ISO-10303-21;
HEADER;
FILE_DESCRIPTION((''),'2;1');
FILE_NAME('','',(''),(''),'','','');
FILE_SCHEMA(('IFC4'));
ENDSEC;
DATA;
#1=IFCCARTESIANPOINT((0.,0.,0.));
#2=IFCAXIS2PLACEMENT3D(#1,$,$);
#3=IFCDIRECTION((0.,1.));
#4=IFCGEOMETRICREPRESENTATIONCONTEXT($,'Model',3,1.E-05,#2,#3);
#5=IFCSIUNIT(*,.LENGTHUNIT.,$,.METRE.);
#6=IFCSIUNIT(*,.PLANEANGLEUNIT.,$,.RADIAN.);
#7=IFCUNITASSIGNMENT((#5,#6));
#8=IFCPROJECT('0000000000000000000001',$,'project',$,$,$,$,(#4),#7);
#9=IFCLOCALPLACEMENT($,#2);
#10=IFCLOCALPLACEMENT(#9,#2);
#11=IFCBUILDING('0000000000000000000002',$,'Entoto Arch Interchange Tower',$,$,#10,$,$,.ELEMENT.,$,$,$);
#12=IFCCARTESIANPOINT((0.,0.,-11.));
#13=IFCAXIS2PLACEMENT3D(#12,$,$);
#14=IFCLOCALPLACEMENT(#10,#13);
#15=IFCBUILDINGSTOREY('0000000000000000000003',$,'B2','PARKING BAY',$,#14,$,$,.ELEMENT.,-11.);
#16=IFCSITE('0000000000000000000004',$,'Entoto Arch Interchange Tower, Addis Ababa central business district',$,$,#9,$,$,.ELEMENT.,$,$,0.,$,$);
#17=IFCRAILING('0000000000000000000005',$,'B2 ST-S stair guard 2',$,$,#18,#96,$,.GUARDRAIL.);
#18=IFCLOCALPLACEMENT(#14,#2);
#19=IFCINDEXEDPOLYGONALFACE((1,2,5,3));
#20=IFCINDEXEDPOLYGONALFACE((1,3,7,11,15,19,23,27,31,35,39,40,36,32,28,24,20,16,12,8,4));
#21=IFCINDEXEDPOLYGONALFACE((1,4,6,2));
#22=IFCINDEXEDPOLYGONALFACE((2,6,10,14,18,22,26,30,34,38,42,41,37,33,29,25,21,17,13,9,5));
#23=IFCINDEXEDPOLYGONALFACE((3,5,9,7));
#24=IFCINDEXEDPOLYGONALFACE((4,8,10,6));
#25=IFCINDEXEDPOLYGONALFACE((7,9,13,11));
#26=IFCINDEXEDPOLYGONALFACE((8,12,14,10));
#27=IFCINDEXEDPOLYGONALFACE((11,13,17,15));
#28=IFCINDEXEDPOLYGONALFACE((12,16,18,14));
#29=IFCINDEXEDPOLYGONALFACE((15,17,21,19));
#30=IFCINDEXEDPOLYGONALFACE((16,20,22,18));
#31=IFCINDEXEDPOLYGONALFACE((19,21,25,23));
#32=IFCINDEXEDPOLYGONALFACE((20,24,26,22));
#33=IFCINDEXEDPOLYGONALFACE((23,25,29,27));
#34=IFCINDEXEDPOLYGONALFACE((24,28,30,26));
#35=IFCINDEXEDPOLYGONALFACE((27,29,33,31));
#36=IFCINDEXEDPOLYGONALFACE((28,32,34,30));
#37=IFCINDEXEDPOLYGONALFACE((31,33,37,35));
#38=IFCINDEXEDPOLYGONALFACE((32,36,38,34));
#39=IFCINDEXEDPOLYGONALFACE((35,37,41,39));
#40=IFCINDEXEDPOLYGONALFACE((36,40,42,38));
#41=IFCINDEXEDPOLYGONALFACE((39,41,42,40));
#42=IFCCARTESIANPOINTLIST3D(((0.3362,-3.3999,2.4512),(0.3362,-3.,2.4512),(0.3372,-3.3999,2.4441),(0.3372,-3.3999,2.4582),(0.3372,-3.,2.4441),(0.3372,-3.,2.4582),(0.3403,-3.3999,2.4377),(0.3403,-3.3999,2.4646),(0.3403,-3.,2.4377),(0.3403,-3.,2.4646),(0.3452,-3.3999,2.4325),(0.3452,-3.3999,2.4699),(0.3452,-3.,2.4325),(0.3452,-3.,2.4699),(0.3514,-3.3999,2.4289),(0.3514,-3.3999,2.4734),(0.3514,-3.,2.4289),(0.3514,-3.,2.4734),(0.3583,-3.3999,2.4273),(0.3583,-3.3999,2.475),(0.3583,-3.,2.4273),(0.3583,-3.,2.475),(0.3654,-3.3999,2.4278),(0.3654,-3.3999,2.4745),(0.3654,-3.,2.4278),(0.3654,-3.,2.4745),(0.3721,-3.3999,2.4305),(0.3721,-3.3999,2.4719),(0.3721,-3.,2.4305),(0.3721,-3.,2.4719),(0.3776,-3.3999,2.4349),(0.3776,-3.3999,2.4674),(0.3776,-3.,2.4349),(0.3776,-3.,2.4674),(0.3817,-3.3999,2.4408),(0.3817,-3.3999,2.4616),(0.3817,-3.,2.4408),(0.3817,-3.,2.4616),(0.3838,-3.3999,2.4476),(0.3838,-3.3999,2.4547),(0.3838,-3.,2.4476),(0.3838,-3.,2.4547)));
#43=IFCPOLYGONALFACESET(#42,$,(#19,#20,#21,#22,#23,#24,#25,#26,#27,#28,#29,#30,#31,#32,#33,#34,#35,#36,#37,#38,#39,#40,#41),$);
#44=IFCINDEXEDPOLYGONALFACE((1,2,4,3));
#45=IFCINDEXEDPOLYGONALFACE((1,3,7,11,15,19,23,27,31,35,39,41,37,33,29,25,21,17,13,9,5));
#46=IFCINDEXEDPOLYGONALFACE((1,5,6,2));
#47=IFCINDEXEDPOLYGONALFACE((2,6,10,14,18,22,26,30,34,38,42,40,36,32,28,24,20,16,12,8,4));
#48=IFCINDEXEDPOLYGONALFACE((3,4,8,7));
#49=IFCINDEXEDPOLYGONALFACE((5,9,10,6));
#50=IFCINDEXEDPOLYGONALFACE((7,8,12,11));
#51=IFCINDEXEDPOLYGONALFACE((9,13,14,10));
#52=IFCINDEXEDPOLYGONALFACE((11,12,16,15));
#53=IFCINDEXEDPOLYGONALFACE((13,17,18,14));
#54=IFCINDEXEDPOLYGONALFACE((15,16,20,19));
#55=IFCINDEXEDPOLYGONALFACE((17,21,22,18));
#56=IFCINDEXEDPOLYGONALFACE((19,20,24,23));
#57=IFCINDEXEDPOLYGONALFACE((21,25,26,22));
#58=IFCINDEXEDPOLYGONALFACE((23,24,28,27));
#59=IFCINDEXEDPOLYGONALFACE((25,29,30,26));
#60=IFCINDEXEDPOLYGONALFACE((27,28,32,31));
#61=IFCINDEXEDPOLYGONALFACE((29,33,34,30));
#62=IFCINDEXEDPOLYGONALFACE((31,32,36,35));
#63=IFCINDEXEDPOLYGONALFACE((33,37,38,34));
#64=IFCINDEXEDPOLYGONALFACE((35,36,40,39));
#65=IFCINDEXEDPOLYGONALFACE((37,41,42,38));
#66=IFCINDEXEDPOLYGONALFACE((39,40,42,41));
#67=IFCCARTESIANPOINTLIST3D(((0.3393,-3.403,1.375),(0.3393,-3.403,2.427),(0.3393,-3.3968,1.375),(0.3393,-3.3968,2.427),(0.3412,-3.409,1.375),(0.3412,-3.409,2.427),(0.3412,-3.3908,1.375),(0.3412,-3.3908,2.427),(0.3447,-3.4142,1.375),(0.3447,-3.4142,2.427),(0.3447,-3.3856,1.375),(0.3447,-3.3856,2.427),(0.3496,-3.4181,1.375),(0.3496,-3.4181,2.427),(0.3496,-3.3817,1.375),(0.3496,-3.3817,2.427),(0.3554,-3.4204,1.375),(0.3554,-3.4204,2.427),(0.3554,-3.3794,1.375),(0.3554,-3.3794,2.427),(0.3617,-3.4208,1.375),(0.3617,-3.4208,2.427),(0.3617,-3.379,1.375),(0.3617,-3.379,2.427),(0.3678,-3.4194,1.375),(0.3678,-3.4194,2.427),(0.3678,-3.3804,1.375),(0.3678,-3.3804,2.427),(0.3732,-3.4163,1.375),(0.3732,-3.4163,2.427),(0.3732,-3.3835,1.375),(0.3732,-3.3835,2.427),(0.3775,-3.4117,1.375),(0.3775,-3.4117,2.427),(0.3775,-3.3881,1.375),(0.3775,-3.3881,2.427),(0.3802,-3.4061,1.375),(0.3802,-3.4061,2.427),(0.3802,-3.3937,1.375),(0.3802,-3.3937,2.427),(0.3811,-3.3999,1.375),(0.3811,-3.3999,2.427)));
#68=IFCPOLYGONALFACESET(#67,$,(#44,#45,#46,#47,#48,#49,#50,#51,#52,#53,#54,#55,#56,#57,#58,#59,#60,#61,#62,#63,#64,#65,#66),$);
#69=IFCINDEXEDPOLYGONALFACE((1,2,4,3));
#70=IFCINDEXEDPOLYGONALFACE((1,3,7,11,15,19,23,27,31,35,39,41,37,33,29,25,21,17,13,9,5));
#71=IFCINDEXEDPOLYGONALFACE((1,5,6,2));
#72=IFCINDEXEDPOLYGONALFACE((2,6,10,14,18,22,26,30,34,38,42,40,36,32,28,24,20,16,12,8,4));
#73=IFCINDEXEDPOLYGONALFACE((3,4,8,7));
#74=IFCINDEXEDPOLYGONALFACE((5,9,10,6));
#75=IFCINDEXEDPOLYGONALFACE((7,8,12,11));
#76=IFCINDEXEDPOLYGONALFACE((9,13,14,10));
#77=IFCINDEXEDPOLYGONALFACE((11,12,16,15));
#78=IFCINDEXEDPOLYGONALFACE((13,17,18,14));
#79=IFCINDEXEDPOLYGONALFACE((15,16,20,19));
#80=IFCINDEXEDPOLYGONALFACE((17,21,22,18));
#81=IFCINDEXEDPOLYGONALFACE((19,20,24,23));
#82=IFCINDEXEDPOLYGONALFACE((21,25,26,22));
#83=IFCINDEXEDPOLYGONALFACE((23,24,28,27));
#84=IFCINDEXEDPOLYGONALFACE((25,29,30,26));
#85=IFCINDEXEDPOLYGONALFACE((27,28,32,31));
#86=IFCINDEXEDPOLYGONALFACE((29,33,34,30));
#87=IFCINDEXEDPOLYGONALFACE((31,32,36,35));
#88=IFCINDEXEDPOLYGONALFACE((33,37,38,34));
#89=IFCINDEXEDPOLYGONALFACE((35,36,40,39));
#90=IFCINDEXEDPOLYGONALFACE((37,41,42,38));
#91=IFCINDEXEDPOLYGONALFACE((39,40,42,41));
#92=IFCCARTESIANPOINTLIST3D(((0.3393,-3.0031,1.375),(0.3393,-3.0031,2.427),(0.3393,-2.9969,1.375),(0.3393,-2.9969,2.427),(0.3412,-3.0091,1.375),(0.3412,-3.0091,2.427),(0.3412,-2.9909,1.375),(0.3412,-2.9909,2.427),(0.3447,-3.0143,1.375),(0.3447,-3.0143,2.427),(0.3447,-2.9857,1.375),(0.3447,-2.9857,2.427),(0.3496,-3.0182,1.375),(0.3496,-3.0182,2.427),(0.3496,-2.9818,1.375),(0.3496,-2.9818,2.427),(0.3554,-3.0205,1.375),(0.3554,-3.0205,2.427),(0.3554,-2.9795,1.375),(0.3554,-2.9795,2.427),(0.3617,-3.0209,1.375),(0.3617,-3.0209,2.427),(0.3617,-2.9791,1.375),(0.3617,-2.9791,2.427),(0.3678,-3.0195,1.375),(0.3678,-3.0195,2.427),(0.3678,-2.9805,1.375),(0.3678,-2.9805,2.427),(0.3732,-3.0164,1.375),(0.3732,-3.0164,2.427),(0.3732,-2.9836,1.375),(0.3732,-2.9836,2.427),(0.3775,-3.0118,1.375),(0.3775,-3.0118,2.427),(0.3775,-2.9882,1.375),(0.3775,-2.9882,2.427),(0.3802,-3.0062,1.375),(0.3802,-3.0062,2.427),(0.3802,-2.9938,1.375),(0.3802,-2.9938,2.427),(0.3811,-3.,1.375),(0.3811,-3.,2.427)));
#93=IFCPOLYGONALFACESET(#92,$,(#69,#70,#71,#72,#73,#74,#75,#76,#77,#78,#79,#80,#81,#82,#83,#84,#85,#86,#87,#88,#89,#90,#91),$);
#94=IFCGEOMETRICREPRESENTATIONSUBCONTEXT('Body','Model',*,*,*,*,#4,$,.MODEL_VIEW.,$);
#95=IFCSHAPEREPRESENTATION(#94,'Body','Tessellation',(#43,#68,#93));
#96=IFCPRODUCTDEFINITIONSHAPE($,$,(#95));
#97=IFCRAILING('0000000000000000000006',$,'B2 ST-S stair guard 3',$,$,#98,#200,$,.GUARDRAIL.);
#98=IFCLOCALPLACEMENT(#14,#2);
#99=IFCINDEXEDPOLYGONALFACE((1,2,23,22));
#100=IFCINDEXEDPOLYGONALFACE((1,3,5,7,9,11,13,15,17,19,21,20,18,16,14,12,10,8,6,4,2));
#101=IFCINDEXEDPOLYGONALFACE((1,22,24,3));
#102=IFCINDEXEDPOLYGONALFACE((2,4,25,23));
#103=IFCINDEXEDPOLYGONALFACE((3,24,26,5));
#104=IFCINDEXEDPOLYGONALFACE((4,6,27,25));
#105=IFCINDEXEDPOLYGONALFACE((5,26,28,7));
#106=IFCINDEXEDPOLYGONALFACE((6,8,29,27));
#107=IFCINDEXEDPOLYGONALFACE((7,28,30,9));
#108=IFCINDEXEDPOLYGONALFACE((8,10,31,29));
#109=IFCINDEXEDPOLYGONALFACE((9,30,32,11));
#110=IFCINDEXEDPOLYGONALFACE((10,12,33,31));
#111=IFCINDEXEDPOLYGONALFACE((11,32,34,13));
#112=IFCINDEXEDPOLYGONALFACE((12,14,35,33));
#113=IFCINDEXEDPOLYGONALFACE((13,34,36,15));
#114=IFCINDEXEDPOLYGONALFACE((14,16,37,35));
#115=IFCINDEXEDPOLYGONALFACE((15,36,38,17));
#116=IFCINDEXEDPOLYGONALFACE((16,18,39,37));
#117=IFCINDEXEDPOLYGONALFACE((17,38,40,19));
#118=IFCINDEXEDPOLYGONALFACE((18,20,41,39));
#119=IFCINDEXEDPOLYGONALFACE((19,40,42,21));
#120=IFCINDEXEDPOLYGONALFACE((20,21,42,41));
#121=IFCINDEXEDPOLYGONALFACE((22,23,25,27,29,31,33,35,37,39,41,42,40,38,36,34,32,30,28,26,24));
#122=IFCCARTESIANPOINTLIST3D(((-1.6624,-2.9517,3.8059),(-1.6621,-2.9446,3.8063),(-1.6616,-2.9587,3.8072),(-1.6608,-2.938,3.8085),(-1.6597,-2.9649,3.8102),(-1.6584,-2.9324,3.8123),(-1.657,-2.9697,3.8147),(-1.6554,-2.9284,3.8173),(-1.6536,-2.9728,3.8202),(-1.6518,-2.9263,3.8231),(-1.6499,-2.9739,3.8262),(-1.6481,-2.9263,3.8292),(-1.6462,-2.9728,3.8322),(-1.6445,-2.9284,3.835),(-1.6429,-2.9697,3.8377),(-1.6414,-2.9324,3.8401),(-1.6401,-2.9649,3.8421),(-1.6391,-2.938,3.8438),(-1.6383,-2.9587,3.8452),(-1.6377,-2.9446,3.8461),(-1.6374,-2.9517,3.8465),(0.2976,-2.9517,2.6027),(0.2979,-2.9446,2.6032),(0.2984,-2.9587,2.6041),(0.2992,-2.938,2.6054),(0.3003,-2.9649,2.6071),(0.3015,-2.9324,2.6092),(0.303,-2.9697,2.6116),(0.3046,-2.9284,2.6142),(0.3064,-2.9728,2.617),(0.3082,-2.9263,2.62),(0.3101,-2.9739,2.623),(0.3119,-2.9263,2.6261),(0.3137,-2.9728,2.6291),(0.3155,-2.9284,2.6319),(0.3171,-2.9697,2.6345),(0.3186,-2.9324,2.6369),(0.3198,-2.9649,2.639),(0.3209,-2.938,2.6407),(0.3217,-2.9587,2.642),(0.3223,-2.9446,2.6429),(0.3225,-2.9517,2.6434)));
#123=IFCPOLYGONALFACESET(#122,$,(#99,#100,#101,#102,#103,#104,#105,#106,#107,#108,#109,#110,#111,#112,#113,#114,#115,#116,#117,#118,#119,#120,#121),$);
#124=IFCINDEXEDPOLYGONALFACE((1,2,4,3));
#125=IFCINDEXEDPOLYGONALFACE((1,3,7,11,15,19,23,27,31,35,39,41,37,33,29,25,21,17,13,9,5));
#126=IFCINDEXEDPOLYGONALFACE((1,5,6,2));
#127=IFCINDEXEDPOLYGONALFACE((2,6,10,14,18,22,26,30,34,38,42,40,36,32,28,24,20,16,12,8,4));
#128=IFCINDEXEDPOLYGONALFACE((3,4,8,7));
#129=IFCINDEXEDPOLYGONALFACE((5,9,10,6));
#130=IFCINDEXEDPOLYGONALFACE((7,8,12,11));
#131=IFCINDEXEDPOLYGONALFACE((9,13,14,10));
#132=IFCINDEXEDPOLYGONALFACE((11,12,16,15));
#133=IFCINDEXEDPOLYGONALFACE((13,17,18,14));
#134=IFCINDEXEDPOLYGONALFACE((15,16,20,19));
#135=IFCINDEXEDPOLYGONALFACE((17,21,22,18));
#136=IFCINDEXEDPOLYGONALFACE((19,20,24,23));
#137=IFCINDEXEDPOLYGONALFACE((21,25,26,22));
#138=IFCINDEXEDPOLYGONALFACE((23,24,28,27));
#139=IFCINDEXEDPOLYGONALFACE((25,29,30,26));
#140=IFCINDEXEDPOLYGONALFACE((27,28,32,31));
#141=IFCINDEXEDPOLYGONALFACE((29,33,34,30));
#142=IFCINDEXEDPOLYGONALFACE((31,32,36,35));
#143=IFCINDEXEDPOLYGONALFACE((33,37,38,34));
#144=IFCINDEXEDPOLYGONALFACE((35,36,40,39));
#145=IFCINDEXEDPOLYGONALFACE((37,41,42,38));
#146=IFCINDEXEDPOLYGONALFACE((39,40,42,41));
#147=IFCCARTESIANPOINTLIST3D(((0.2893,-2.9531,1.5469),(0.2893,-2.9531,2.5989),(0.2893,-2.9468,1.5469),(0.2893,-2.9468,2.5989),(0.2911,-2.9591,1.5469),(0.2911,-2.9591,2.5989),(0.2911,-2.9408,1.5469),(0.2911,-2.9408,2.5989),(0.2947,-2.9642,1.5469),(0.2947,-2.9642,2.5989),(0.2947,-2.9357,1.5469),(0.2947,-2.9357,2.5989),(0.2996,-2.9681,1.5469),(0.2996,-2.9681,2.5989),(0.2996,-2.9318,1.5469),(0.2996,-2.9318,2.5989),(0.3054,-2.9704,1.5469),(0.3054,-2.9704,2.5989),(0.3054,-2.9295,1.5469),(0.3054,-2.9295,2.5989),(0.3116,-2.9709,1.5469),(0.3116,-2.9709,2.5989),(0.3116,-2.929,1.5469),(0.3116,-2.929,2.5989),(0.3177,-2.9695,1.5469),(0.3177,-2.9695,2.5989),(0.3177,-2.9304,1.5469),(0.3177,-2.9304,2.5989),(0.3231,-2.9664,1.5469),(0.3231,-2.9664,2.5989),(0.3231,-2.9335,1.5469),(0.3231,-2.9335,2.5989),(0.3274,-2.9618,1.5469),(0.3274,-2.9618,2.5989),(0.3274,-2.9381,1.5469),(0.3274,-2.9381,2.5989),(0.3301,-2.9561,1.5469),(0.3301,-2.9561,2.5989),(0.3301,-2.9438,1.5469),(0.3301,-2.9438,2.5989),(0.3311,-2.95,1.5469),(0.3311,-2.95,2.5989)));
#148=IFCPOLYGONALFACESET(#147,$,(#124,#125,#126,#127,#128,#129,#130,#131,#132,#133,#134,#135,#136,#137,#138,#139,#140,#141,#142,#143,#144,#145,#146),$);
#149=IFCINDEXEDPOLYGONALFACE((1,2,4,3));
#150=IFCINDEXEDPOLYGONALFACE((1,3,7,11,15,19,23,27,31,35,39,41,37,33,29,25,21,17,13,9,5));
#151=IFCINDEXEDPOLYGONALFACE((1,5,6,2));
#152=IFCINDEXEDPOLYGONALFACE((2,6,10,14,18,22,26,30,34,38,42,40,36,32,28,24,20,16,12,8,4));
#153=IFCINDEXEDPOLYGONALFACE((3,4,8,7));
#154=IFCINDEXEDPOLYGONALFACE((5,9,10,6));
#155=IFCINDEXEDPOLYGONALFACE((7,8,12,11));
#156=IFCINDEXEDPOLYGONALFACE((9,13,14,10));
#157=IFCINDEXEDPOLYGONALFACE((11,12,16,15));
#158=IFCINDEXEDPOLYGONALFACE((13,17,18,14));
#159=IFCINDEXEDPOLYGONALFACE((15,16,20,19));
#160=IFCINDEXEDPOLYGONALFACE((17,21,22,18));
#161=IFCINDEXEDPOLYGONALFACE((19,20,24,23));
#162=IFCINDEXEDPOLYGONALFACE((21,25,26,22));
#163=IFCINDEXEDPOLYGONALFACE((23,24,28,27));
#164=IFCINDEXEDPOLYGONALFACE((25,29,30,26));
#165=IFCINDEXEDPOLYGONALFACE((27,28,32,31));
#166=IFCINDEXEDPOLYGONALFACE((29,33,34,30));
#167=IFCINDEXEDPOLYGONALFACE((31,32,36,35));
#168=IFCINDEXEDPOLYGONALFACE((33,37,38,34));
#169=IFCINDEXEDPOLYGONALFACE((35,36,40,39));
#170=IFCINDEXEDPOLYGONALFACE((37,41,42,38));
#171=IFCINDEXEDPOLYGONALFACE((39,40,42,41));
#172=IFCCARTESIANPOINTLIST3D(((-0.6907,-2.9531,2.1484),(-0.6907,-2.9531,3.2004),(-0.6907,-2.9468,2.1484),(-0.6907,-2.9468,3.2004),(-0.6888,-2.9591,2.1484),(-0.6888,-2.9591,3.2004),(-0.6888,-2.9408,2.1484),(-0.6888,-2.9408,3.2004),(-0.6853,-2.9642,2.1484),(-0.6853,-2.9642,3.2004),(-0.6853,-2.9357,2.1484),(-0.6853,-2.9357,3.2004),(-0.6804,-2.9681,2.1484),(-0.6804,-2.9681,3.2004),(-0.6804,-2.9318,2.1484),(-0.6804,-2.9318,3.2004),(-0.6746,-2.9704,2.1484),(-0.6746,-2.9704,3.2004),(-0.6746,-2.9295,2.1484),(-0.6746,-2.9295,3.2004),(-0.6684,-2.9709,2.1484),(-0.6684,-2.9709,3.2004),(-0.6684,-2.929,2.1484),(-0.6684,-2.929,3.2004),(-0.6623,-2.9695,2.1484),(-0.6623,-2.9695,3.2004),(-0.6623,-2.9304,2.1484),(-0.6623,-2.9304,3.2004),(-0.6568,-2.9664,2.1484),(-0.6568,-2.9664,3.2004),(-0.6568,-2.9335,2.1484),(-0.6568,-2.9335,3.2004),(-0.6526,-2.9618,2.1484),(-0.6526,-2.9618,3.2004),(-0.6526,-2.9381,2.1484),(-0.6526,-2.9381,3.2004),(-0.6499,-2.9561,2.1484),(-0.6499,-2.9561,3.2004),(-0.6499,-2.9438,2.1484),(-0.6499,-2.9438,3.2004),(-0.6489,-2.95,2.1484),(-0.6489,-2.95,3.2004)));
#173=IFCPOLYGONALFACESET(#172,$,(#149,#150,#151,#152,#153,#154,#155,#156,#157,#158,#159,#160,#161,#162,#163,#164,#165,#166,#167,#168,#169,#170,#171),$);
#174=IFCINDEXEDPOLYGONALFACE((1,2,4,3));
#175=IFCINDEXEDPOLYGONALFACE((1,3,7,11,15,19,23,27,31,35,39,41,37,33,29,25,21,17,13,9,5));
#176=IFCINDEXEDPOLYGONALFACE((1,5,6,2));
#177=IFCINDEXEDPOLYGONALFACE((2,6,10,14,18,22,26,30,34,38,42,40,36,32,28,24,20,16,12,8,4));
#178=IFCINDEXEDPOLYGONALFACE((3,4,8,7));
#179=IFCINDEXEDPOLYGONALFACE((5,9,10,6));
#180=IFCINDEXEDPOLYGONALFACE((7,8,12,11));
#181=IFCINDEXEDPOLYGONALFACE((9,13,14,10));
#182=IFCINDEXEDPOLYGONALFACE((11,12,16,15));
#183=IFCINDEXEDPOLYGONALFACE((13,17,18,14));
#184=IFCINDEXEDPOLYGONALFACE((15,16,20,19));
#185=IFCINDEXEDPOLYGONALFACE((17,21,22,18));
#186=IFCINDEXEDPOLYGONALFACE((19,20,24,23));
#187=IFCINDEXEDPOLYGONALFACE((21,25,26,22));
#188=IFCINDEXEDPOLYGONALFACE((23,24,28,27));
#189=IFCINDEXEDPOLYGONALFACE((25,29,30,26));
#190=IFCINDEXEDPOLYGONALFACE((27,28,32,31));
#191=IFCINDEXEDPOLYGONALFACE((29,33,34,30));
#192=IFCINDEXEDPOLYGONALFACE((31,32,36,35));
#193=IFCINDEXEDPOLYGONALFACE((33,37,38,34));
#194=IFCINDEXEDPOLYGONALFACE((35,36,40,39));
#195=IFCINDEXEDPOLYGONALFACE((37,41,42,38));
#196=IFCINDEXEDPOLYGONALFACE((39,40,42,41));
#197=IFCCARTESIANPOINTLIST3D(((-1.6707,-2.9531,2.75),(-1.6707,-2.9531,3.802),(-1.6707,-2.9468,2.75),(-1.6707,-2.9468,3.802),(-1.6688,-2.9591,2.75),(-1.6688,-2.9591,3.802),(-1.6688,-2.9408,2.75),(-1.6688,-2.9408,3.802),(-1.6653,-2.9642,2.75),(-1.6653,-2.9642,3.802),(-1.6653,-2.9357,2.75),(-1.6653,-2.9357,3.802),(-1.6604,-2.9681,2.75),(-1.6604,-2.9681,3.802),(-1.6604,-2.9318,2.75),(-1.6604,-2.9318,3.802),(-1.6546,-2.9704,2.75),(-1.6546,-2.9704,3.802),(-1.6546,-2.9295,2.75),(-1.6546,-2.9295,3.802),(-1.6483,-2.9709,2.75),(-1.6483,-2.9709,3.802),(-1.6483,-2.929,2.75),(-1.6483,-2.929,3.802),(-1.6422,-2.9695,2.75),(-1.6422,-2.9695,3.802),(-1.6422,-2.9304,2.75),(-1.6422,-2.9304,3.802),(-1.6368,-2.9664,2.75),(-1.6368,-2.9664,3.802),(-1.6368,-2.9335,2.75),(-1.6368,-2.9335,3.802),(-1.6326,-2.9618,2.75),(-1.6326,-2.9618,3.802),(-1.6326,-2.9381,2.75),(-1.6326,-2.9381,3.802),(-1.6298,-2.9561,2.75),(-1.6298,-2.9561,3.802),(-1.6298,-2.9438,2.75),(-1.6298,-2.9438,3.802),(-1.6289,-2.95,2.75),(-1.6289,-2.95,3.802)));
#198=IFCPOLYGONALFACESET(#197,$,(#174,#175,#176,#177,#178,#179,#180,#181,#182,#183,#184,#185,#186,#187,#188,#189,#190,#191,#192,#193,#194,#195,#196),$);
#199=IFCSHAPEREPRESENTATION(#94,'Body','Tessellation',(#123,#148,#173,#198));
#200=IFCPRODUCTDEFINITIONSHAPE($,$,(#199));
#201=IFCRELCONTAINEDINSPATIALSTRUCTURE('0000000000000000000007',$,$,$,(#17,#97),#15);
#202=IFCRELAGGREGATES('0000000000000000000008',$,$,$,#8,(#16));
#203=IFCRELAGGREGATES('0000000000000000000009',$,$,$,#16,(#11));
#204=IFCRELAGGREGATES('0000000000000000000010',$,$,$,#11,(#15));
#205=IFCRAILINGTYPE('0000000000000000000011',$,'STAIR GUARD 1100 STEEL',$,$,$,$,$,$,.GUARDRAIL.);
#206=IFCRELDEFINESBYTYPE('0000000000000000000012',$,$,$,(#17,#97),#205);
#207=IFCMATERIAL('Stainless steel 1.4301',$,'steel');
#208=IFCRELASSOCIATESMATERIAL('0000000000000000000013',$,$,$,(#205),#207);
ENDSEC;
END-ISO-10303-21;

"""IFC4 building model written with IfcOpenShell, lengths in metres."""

from ifc_helpers import new_model, si_unit, direction, frame, origin, origin_2d, place, context, subcontext, project, spatial, circle, extrude, material, type_object, element, save


model = new_model("IFC4")

# Units and contexts
model_context = context("Model", 3, precision=1e-05, world=origin(), true_north=direction((0.0, 1.0)))
body_context = subcontext(model_context, "Body", "Model", "MODEL_VIEW")
ifc_project = project(units=[si_unit("LENGTHUNIT", "METRE"), si_unit("PLANEANGLEUNIT", "RADIAN")], contexts=[model_context])

# Site, building, storey
site_placement = place(None, origin())
site = spatial("IfcSite", under=ifc_project, at=site_placement, Name="Entoto Arch Interchange Tower, Addis Ababa central business district", CompositionType="ELEMENT", RefElevation=0.0)
building_placement = place(site_placement, origin())
building = spatial("IfcBuilding", under=site, at=building_placement, Name="Entoto Arch Interchange Tower", CompositionType="ELEMENT")
storey_placement = place(building_placement, frame((0.0, 0.0, -11.0)))
storey = spatial("IfcBuildingStorey", under=building, at=storey_placement, Name="B2", Description="PARKING BAY", CompositionType="ELEMENT", Elevation=-11.0)

# Railings
ifc_material_1 = material(Name="Stainless steel 1.4301", Category="steel")
railing_type_1 = type_object("IfcRailingType", Name="STAIR GUARD 1100 STEEL", PredefinedType="GUARDRAIL", material=ifc_material_1)
railing_1_placement = place(storey_placement, frame((0.3601, -3.3999, 1.375)))
element("IfcRailing", 1, at=railing_1_placement, inside=storey, type_object=railing_type_1, Name="B2 ST-S stair guard 2", PredefinedType="GUARDRAIL", context=body_context, shape_type="SweptSolid", body=[
    extrude(circle(Radius=0.0239, at=origin_2d()), frame((0.0, 0.0, 1.0762), z_axis=(0.0, 1.0, 0.0), x_axis=(-1.0, 0.0, 0.0)), (0.0, 0.0, 1.0), 0.3999),
    extrude(circle(Radius=0.021, at=origin_2d()), origin(), (0.0, 0.0, 1.0), 1.052),
    extrude(circle(Radius=0.021, at=origin_2d()), frame((0.0, 0.3999, 0.0)), (0.0, 0.0, 1.0), 1.052),
])
railing_2_placement = place(storey_placement, frame((0.3101, -2.95, 1.5469)))
element("IfcRailing", 2, at=railing_2_placement, inside=storey, type_object=railing_type_1, Name="B2 ST-S stair guard 3", PredefinedType="GUARDRAIL", context=body_context, shape_type="SweptSolid", body=[
    extrude(circle(Radius=0.0239, at=origin_2d()), frame((0.0, 0.0, 1.0762), z_axis=(-0.852241, 0.0, 0.523149), x_axis=(0.0, -1.0, 0.0)), (0.0, 0.0, 1.0), 2.2998),
    extrude(circle(Radius=0.021, at=origin_2d()), origin(), (0.0, 0.0, 1.0), 1.052),
    extrude(circle(Radius=0.021, at=origin_2d()), frame((-0.98, 0.0, 0.6016)), (0.0, 0.0, 1.0), 1.052),
    extrude(circle(Radius=0.021, at=origin_2d()), frame((-1.96, 0.0, 1.2031)), (0.0, 0.0, 1.0), 1.052),
])

save(model, "model.ifc")
